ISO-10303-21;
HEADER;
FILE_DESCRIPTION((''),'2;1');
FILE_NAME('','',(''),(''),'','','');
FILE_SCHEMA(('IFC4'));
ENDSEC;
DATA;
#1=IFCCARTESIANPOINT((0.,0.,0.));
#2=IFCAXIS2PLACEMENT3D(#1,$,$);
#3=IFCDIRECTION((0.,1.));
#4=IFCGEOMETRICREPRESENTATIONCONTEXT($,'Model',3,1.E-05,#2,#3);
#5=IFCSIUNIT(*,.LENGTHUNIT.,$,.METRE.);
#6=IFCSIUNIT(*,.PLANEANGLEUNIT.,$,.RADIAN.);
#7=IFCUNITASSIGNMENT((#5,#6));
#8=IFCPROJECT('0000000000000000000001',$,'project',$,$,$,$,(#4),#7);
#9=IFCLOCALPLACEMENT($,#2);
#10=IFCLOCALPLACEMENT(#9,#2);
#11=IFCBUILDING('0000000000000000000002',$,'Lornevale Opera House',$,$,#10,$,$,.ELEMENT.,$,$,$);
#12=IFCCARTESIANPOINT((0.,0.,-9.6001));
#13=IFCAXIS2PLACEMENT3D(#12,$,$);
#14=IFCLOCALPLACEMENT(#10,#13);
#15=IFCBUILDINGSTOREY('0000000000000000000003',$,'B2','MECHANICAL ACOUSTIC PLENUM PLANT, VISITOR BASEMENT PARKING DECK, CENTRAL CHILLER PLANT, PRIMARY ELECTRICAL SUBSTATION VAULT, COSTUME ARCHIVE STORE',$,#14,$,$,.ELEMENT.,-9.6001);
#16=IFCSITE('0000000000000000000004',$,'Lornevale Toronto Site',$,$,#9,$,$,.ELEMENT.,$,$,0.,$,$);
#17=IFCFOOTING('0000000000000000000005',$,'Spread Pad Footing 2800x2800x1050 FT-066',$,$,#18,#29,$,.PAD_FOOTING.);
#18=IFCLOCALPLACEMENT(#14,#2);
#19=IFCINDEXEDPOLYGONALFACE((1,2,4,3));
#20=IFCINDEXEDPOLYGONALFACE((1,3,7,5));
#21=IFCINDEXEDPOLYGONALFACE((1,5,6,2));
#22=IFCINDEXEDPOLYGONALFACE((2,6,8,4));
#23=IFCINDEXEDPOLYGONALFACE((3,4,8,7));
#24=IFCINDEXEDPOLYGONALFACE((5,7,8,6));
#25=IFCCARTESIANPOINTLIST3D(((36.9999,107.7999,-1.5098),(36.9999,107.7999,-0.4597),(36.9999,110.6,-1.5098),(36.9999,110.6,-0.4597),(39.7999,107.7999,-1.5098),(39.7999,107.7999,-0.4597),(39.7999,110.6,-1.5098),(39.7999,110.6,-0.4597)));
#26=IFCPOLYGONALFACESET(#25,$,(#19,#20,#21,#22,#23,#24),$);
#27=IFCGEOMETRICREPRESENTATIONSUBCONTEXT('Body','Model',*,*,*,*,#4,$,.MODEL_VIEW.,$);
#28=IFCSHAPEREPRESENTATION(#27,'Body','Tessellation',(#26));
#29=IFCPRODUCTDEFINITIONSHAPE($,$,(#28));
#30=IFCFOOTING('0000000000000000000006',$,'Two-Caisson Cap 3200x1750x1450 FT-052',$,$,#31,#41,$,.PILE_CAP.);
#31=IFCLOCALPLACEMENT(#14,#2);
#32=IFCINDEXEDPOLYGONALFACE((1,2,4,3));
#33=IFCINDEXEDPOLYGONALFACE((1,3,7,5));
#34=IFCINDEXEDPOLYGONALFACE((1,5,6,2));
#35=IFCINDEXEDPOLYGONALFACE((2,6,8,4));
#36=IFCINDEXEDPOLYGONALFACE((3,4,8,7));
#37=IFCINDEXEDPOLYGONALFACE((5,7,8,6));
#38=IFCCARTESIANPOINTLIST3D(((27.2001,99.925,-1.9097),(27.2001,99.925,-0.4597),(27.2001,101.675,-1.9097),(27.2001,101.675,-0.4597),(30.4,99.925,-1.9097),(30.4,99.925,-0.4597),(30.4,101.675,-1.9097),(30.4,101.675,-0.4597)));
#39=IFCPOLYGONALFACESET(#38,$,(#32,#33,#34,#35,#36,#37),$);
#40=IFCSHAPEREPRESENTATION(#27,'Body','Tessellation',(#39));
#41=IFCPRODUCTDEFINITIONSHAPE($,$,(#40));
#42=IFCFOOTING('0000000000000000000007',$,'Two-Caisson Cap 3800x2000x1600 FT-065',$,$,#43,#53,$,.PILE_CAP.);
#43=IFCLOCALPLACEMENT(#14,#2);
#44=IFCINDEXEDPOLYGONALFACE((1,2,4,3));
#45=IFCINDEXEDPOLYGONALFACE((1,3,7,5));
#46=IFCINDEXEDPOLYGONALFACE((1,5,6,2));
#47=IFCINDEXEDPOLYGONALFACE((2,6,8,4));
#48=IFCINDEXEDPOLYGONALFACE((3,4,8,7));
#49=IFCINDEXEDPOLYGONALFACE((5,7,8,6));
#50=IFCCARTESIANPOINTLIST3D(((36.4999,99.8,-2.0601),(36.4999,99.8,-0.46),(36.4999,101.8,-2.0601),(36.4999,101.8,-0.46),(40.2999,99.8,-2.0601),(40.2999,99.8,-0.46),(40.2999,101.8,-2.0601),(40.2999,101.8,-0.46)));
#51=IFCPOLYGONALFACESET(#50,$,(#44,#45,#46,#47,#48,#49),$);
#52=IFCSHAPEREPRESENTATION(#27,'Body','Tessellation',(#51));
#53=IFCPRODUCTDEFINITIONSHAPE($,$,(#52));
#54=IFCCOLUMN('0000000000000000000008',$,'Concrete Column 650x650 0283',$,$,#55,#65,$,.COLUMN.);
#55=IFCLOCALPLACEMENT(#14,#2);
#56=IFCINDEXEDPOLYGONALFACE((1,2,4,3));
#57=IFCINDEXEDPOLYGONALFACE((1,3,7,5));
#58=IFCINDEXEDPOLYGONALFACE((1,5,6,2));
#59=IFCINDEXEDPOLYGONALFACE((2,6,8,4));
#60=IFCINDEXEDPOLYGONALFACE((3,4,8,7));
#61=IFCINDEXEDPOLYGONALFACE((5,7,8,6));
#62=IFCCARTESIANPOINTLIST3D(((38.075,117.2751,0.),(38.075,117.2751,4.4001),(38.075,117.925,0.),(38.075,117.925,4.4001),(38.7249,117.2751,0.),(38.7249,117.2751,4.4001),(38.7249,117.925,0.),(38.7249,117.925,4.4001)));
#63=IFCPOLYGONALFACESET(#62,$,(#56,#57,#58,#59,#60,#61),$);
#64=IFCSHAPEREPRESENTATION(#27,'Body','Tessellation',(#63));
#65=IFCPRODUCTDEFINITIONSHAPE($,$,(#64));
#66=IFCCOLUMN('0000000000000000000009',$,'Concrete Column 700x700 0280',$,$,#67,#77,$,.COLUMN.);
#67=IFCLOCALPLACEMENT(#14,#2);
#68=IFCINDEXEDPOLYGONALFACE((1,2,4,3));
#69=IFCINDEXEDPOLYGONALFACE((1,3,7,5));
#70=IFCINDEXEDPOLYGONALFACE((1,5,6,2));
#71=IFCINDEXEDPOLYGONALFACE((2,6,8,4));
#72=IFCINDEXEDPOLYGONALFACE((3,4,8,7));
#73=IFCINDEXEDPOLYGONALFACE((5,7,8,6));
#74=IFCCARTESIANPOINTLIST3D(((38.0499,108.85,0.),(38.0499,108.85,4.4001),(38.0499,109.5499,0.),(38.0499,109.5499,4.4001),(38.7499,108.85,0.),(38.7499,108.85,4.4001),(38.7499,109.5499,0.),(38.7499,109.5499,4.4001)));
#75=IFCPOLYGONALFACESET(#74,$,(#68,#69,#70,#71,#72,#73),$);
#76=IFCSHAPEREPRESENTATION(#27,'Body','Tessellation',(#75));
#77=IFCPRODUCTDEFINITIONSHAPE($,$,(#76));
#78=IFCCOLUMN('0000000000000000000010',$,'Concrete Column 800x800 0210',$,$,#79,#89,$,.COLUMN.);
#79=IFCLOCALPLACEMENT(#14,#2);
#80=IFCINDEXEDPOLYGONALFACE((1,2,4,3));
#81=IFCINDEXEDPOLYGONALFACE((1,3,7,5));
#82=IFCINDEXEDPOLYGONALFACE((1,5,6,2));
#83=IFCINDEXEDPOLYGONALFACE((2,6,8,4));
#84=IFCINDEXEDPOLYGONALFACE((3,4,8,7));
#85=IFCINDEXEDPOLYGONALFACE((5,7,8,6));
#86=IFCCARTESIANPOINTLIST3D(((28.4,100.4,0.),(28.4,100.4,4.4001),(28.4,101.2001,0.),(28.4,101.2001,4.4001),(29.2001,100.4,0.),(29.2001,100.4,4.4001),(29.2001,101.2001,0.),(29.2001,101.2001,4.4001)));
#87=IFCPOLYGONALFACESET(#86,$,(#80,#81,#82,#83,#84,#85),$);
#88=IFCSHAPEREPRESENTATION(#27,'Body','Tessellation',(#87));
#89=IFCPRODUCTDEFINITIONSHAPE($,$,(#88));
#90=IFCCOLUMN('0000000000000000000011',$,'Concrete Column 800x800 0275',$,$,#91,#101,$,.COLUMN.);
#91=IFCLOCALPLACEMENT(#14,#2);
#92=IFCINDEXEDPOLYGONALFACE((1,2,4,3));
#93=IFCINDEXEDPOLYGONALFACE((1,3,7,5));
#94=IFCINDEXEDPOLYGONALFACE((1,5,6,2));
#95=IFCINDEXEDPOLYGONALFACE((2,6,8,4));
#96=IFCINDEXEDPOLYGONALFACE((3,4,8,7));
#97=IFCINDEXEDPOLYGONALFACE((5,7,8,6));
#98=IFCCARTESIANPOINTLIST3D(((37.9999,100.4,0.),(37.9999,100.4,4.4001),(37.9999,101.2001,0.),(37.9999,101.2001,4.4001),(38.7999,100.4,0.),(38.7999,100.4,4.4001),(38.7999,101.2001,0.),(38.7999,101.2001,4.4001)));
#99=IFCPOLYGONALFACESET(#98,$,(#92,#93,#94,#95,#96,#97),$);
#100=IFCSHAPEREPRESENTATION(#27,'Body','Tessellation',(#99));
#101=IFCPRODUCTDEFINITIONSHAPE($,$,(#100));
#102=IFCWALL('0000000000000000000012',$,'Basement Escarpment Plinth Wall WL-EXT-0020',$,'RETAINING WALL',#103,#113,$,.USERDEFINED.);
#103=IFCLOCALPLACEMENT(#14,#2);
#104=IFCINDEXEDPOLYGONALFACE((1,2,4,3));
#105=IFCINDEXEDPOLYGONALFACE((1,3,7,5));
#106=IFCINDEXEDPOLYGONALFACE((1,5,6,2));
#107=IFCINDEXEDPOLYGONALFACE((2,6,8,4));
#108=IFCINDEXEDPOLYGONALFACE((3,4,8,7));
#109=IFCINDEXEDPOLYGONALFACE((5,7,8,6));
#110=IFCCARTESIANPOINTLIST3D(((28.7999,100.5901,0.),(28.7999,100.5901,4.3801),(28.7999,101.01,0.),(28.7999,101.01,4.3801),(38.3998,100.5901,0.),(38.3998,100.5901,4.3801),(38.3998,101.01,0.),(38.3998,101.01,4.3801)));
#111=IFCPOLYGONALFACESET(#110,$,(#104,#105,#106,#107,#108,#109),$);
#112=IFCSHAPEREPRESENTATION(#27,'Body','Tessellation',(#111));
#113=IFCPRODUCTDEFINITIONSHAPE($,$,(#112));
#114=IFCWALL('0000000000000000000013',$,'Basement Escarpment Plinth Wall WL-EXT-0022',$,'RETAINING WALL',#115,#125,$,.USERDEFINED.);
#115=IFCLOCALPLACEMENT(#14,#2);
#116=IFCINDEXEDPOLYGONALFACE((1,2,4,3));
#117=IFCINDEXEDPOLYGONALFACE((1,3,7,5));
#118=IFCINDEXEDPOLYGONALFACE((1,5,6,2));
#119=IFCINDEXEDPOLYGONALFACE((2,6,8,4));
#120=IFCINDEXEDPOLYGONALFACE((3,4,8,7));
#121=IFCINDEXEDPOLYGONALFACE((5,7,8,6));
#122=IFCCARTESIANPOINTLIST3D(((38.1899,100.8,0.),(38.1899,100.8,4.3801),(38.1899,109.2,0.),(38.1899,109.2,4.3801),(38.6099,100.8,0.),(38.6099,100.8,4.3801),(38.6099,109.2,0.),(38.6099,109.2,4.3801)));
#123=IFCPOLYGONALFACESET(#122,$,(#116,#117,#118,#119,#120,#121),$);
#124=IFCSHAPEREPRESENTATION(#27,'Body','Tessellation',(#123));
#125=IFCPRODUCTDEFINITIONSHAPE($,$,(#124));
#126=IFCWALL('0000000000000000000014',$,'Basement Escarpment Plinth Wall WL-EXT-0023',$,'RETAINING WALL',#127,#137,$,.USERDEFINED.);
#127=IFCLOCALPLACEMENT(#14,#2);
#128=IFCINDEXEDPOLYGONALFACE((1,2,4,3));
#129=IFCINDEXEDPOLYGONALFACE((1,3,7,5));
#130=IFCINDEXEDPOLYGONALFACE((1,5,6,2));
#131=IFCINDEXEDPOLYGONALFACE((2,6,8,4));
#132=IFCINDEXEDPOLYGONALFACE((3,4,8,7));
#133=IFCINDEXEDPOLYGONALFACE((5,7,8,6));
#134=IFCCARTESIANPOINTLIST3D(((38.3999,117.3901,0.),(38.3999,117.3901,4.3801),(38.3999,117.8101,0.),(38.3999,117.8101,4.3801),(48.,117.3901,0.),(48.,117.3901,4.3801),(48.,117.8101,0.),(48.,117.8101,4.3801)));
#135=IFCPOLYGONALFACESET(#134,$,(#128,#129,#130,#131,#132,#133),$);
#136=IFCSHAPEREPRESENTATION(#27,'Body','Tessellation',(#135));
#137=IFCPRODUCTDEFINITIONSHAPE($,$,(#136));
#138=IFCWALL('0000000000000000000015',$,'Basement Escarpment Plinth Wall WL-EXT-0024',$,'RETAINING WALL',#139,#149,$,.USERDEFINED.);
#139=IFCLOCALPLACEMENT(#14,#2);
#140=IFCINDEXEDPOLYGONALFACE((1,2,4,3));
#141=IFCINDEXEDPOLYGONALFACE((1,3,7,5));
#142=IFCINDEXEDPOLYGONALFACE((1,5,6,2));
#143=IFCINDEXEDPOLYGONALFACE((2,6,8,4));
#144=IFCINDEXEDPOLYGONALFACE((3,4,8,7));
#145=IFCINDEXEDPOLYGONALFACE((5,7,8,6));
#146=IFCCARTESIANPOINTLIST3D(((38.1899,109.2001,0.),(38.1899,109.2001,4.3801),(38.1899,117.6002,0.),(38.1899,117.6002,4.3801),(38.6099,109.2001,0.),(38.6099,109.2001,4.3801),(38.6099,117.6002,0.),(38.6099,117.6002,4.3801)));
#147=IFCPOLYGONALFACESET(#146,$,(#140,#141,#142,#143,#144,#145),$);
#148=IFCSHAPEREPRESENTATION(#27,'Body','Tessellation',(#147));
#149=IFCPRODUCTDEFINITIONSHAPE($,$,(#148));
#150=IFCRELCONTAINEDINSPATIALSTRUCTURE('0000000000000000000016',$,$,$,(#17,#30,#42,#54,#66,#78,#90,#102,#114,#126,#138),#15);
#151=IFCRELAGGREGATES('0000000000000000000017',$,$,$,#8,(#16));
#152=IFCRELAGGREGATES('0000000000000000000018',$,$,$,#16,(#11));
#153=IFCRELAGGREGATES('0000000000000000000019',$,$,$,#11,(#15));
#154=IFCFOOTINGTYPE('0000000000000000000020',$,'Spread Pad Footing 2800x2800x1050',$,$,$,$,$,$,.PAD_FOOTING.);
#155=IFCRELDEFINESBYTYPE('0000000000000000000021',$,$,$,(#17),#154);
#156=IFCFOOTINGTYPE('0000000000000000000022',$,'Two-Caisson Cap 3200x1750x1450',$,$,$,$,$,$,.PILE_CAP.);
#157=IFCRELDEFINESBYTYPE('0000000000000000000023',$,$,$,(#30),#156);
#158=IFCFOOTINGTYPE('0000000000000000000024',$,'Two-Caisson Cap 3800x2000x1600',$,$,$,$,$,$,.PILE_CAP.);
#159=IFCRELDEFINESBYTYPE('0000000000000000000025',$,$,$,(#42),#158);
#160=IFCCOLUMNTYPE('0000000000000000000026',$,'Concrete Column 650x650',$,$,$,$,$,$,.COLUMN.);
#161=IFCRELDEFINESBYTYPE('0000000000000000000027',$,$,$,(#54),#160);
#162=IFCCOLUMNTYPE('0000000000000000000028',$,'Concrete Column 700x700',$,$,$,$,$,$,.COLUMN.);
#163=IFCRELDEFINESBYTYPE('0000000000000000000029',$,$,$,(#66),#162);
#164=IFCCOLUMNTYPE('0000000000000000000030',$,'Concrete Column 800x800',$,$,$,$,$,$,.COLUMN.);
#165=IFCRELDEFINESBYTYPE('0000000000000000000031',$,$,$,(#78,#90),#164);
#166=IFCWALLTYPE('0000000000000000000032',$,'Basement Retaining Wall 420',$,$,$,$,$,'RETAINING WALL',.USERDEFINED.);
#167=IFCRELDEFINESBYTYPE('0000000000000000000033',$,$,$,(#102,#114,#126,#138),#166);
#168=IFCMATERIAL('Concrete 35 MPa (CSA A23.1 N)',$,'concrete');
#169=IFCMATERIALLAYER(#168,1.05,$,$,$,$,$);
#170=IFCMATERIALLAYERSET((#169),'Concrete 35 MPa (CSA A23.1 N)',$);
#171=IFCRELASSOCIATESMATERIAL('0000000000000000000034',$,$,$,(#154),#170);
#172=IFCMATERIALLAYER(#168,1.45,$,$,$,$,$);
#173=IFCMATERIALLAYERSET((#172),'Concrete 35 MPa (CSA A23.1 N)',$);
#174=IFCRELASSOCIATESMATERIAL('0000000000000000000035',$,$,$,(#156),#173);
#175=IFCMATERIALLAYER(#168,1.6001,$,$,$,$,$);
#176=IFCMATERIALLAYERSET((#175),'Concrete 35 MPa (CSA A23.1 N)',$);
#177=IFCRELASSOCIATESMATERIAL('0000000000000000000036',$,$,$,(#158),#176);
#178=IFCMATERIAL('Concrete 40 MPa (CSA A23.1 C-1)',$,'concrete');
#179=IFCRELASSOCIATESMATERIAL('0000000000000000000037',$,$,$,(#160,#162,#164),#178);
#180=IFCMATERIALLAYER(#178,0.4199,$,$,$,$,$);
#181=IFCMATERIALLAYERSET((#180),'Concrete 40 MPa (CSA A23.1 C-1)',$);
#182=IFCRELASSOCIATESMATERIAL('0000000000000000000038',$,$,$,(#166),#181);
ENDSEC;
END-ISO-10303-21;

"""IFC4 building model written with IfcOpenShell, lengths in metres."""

from ifc_helpers import new_model, si_unit, direction, frame, frame_2d, origin, origin_2d, place, context, subcontext, project, spatial, rectangle, extrude, material, layer, layer_set, material_profile, profile_set, type_object, element, save


model = new_model("IFC4")

# Units and contexts
model_context = context("Model", 3, precision=1e-05, world=origin(), true_north=direction((0.0, 1.0)))
body_context = subcontext(model_context, "Body", "Model", "MODEL_VIEW")
ifc_project = project(units=[si_unit("LENGTHUNIT", "METRE"), si_unit("PLANEANGLEUNIT", "RADIAN")], contexts=[model_context])

# Site, building, storey
site_placement = place(None, origin())
site = spatial("IfcSite", under=ifc_project, at=site_placement, Name="Lornevale Toronto Site", CompositionType="ELEMENT", RefElevation=0.0)
building_placement = place(site_placement, origin())
building = spatial("IfcBuilding", under=site, at=building_placement, Name="Lornevale Opera House", CompositionType="ELEMENT")
storey_placement = place(building_placement, frame((0.0, 0.0, -9.6001)))
storey = spatial("IfcBuildingStorey", under=building, at=storey_placement, Name="B2", Description="MECHANICAL ACOUSTIC PLENUM PLANT, VISITOR BASEMENT PARKING DECK, CENTRAL CHILLER PLANT, PRIMARY ELECTRICAL SUBSTATION VAULT, COSTUME ARCHIVE STORE", CompositionType="ELEMENT", Elevation=-9.6001)

# Shared definitions
ifc_material_1 = material(Name="Concrete 35 MPa (CSA A23.1 N)", Category="concrete")

# Shared definitions
ifc_material_2 = material(Name="Concrete 40 MPa (CSA A23.1 C-1)", Category="concrete")

# Footings
ifc_layer_1 = layer(ifc_material_1, 1.05)
ifc_layer_set_1 = layer_set([ifc_layer_1], Name="Concrete 35 MPa (CSA A23.1 N)")
footing_type_1 = type_object("IfcFootingType", Name="Spread Pad Footing 2800x2800x1050", PredefinedType="PAD_FOOTING", material=ifc_layer_set_1)
footing_1_placement = place(storey_placement, frame((38.3999, 109.2, -1.5098), z_axis=(0.0, 0.0, 1.0), x_axis=(1.0, 0.0, 0.0)))
element("IfcFooting", 1, at=footing_1_placement, inside=storey, type_object=footing_type_1, Name="Spread Pad Footing 2800x2800x1050 FT-066", PredefinedType="PAD_FOOTING", context=body_context, shape_type="SweptSolid", body=[
    extrude(rectangle(XDim=2.8, YDim=2.8, at=origin_2d()), origin(), (0.0, 0.0, 1.0), 1.05),
])
ifc_layer_2 = layer(ifc_material_1, 1.45)
ifc_layer_set_2 = layer_set([ifc_layer_2], Name="Concrete 35 MPa (CSA A23.1 N)")
footing_type_2 = type_object("IfcFootingType", Name="Two-Caisson Cap 3200x1750x1450", PredefinedType="PILE_CAP", material=ifc_layer_set_2)
footing_2_placement = place(storey_placement, frame((28.8, 100.8, -1.9097), z_axis=(0.0, 0.0, 1.0), x_axis=(1.0, 0.0, 0.0)))
element("IfcFooting", 2, at=footing_2_placement, inside=storey, type_object=footing_type_2, Name="Two-Caisson Cap 3200x1750x1450 FT-052", PredefinedType="PILE_CAP", context=body_context, shape_type="SweptSolid", body=[
    extrude(rectangle(XDim=3.2, YDim=1.75, at=origin_2d()), origin(), (0.0, 0.0, 1.0), 1.45),
])
ifc_layer_3 = layer(ifc_material_1, 1.6001)
ifc_layer_set_3 = layer_set([ifc_layer_3], Name="Concrete 35 MPa (CSA A23.1 N)")
footing_type_3 = type_object("IfcFootingType", Name="Two-Caisson Cap 3800x2000x1600", PredefinedType="PILE_CAP", material=ifc_layer_set_3)
footing_3_placement = place(storey_placement, frame((38.3999, 100.8, -2.0601), z_axis=(0.0, 0.0, 1.0), x_axis=(1.0, 0.0, 0.0)))
element("IfcFooting", 3, at=footing_3_placement, inside=storey, type_object=footing_type_3, Name="Two-Caisson Cap 3800x2000x1600 FT-065", PredefinedType="PILE_CAP", context=body_context, shape_type="SweptSolid", body=[
    extrude(rectangle(XDim=3.8, YDim=2.0, at=origin_2d()), origin(), (0.0, 0.0, 1.0), 1.6001),
])

# Columns
ifc_material_profile_1 = material_profile(ifc_material_2, rectangle(XDim=0.6499, YDim=0.6499, at=origin_2d()), Name="RC650x650")
ifc_profile_set_1 = profile_set([ifc_material_profile_1], Name="Concrete 40 MPa (CSA A23.1 C-1)")
column_type_1 = type_object("IfcColumnType", Name="Concrete Column 650x650", PredefinedType="COLUMN", material=ifc_profile_set_1)
column_1_placement = place(storey_placement, frame((38.3999, 117.6001, 0.0), z_axis=(0.0, 0.0, 1.0), x_axis=(1.0, 0.0, 0.0)))
element("IfcColumn", 4, at=column_1_placement, inside=storey, type_object=column_type_1, Name="Concrete Column 650x650 0283", PredefinedType="COLUMN", context=body_context, shape_type="SweptSolid", body=[
    extrude(rectangle(XDim=0.6499, YDim=0.6499, at=origin_2d()), origin(), (0.0, 0.0, 1.0), 4.4001),
])
ifc_material_profile_2 = material_profile(ifc_material_2, rectangle(XDim=0.7, YDim=0.7, at=origin_2d()), Name="RC700x700")
ifc_profile_set_2 = profile_set([ifc_material_profile_2], Name="Concrete 40 MPa (CSA A23.1 C-1)")
column_type_2 = type_object("IfcColumnType", Name="Concrete Column 700x700", PredefinedType="COLUMN", material=ifc_profile_set_2)
column_2_placement = place(storey_placement, frame((38.3999, 109.2, 0.0), z_axis=(0.0, 0.0, 1.0), x_axis=(1.0, 0.0, 0.0)))
element("IfcColumn", 5, at=column_2_placement, inside=storey, type_object=column_type_2, Name="Concrete Column 700x700 0280", PredefinedType="COLUMN", context=body_context, shape_type="SweptSolid", body=[
    extrude(rectangle(XDim=0.7, YDim=0.7, at=origin_2d()), origin(), (0.0, 0.0, 1.0), 4.4001),
])
ifc_material_profile_3 = material_profile(ifc_material_2, rectangle(XDim=0.8, YDim=0.8, at=origin_2d()), Name="RC800x800")
ifc_profile_set_3 = profile_set([ifc_material_profile_3], Name="Concrete 40 MPa (CSA A23.1 C-1)")
column_type_3 = type_object("IfcColumnType", Name="Concrete Column 800x800", PredefinedType="COLUMN", material=ifc_profile_set_3)
for number, where, z_axis, x_axis, name in (
    (6, (28.8, 100.8, 0.0), (0.0, 0.0, 1.0), (1.0, 0.0, 0.0), "Concrete Column 800x800 0210"),
    (7, (38.3999, 100.8, 0.0), (0.0, 0.0, 1.0), (1.0, 0.0, 0.0), "Concrete Column 800x800 0275"),
):
    element("IfcColumn", number, at=place(storey_placement, frame(where, z_axis=z_axis, x_axis=x_axis)), inside=storey, type_object=column_type_3, Name=name, PredefinedType="COLUMN", context=body_context, shape_type="SweptSolid", body=[
        extrude(rectangle(XDim=0.8, YDim=0.8, at=origin_2d()), origin(), (0.0, 0.0, 1.0), 4.4001),
    ])

# Walls
ifc_layer_4 = layer(ifc_material_2, 0.4199)
ifc_layer_set_4 = layer_set([ifc_layer_4], Name="Concrete 40 MPa (CSA A23.1 C-1)")
wall_type = type_object("IfcWallType", Name="Basement Retaining Wall 420", ElementType="RETAINING WALL", PredefinedType="USERDEFINED", material=ifc_layer_set_4)
wall_1_placement = place(storey_placement, frame((28.8, 100.8, 0.0), z_axis=(0.0, 0.0, 1.0), x_axis=(1.0, 0.0, 0.0)))
element("IfcWall", 8, at=wall_1_placement, inside=storey, type_object=wall_type, Name="Basement Escarpment Plinth Wall WL-EXT-0020", ObjectType="RETAINING WALL", PredefinedType="USERDEFINED", context=body_context, shape_type="SweptSolid", body=[
    extrude(rectangle(XDim=9.5999, YDim=0.4199, at=frame_2d((4.7998, 0.0))), origin(), (0.0, 0.0, 1.0), 4.3801),
])
wall_2_placement = place(storey_placement, frame((38.3999, 100.8, 0.0), z_axis=(0.0, 0.0, 1.0), x_axis=(0.0, 1.0, 0.0)))
element("IfcWall", 9, at=wall_2_placement, inside=storey, type_object=wall_type, Name="Basement Escarpment Plinth Wall WL-EXT-0022", ObjectType="RETAINING WALL", PredefinedType="USERDEFINED", context=body_context, shape_type="SweptSolid", body=[
    extrude(rectangle(XDim=8.3999, YDim=0.4199, at=frame_2d((4.2, 0.0))), origin(), (0.0, 0.0, 1.0), 4.3801),
])
wall_3_placement = place(storey_placement, frame((38.3999, 117.6001, 0.0), z_axis=(0.0, 0.0, 1.0), x_axis=(1.0, 0.0, 0.0)))
element("IfcWall", 10, at=wall_3_placement, inside=storey, type_object=wall_type, Name="Basement Escarpment Plinth Wall WL-EXT-0023", ObjectType="RETAINING WALL", PredefinedType="USERDEFINED", context=body_context, shape_type="SweptSolid", body=[
    extrude(rectangle(XDim=9.6001, YDim=0.4199, at=frame_2d((4.8, 0.0))), origin(), (0.0, 0.0, 1.0), 4.3801),
])
wall_4_placement = place(storey_placement, frame((38.3999, 109.2, 0.0), z_axis=(0.0, 0.0, 1.0), x_axis=(0.0, 1.0, 0.0)))
element("IfcWall", 11, at=wall_4_placement, inside=storey, type_object=wall_type, Name="Basement Escarpment Plinth Wall WL-EXT-0024", ObjectType="RETAINING WALL", PredefinedType="USERDEFINED", context=body_context, shape_type="SweptSolid", body=[
    extrude(rectangle(XDim=8.4001, YDim=0.4199, at=frame_2d((4.2002, 0.0))), origin(), (0.0, 0.0, 1.0), 4.3801),
])

save(model, "model.ifc")
